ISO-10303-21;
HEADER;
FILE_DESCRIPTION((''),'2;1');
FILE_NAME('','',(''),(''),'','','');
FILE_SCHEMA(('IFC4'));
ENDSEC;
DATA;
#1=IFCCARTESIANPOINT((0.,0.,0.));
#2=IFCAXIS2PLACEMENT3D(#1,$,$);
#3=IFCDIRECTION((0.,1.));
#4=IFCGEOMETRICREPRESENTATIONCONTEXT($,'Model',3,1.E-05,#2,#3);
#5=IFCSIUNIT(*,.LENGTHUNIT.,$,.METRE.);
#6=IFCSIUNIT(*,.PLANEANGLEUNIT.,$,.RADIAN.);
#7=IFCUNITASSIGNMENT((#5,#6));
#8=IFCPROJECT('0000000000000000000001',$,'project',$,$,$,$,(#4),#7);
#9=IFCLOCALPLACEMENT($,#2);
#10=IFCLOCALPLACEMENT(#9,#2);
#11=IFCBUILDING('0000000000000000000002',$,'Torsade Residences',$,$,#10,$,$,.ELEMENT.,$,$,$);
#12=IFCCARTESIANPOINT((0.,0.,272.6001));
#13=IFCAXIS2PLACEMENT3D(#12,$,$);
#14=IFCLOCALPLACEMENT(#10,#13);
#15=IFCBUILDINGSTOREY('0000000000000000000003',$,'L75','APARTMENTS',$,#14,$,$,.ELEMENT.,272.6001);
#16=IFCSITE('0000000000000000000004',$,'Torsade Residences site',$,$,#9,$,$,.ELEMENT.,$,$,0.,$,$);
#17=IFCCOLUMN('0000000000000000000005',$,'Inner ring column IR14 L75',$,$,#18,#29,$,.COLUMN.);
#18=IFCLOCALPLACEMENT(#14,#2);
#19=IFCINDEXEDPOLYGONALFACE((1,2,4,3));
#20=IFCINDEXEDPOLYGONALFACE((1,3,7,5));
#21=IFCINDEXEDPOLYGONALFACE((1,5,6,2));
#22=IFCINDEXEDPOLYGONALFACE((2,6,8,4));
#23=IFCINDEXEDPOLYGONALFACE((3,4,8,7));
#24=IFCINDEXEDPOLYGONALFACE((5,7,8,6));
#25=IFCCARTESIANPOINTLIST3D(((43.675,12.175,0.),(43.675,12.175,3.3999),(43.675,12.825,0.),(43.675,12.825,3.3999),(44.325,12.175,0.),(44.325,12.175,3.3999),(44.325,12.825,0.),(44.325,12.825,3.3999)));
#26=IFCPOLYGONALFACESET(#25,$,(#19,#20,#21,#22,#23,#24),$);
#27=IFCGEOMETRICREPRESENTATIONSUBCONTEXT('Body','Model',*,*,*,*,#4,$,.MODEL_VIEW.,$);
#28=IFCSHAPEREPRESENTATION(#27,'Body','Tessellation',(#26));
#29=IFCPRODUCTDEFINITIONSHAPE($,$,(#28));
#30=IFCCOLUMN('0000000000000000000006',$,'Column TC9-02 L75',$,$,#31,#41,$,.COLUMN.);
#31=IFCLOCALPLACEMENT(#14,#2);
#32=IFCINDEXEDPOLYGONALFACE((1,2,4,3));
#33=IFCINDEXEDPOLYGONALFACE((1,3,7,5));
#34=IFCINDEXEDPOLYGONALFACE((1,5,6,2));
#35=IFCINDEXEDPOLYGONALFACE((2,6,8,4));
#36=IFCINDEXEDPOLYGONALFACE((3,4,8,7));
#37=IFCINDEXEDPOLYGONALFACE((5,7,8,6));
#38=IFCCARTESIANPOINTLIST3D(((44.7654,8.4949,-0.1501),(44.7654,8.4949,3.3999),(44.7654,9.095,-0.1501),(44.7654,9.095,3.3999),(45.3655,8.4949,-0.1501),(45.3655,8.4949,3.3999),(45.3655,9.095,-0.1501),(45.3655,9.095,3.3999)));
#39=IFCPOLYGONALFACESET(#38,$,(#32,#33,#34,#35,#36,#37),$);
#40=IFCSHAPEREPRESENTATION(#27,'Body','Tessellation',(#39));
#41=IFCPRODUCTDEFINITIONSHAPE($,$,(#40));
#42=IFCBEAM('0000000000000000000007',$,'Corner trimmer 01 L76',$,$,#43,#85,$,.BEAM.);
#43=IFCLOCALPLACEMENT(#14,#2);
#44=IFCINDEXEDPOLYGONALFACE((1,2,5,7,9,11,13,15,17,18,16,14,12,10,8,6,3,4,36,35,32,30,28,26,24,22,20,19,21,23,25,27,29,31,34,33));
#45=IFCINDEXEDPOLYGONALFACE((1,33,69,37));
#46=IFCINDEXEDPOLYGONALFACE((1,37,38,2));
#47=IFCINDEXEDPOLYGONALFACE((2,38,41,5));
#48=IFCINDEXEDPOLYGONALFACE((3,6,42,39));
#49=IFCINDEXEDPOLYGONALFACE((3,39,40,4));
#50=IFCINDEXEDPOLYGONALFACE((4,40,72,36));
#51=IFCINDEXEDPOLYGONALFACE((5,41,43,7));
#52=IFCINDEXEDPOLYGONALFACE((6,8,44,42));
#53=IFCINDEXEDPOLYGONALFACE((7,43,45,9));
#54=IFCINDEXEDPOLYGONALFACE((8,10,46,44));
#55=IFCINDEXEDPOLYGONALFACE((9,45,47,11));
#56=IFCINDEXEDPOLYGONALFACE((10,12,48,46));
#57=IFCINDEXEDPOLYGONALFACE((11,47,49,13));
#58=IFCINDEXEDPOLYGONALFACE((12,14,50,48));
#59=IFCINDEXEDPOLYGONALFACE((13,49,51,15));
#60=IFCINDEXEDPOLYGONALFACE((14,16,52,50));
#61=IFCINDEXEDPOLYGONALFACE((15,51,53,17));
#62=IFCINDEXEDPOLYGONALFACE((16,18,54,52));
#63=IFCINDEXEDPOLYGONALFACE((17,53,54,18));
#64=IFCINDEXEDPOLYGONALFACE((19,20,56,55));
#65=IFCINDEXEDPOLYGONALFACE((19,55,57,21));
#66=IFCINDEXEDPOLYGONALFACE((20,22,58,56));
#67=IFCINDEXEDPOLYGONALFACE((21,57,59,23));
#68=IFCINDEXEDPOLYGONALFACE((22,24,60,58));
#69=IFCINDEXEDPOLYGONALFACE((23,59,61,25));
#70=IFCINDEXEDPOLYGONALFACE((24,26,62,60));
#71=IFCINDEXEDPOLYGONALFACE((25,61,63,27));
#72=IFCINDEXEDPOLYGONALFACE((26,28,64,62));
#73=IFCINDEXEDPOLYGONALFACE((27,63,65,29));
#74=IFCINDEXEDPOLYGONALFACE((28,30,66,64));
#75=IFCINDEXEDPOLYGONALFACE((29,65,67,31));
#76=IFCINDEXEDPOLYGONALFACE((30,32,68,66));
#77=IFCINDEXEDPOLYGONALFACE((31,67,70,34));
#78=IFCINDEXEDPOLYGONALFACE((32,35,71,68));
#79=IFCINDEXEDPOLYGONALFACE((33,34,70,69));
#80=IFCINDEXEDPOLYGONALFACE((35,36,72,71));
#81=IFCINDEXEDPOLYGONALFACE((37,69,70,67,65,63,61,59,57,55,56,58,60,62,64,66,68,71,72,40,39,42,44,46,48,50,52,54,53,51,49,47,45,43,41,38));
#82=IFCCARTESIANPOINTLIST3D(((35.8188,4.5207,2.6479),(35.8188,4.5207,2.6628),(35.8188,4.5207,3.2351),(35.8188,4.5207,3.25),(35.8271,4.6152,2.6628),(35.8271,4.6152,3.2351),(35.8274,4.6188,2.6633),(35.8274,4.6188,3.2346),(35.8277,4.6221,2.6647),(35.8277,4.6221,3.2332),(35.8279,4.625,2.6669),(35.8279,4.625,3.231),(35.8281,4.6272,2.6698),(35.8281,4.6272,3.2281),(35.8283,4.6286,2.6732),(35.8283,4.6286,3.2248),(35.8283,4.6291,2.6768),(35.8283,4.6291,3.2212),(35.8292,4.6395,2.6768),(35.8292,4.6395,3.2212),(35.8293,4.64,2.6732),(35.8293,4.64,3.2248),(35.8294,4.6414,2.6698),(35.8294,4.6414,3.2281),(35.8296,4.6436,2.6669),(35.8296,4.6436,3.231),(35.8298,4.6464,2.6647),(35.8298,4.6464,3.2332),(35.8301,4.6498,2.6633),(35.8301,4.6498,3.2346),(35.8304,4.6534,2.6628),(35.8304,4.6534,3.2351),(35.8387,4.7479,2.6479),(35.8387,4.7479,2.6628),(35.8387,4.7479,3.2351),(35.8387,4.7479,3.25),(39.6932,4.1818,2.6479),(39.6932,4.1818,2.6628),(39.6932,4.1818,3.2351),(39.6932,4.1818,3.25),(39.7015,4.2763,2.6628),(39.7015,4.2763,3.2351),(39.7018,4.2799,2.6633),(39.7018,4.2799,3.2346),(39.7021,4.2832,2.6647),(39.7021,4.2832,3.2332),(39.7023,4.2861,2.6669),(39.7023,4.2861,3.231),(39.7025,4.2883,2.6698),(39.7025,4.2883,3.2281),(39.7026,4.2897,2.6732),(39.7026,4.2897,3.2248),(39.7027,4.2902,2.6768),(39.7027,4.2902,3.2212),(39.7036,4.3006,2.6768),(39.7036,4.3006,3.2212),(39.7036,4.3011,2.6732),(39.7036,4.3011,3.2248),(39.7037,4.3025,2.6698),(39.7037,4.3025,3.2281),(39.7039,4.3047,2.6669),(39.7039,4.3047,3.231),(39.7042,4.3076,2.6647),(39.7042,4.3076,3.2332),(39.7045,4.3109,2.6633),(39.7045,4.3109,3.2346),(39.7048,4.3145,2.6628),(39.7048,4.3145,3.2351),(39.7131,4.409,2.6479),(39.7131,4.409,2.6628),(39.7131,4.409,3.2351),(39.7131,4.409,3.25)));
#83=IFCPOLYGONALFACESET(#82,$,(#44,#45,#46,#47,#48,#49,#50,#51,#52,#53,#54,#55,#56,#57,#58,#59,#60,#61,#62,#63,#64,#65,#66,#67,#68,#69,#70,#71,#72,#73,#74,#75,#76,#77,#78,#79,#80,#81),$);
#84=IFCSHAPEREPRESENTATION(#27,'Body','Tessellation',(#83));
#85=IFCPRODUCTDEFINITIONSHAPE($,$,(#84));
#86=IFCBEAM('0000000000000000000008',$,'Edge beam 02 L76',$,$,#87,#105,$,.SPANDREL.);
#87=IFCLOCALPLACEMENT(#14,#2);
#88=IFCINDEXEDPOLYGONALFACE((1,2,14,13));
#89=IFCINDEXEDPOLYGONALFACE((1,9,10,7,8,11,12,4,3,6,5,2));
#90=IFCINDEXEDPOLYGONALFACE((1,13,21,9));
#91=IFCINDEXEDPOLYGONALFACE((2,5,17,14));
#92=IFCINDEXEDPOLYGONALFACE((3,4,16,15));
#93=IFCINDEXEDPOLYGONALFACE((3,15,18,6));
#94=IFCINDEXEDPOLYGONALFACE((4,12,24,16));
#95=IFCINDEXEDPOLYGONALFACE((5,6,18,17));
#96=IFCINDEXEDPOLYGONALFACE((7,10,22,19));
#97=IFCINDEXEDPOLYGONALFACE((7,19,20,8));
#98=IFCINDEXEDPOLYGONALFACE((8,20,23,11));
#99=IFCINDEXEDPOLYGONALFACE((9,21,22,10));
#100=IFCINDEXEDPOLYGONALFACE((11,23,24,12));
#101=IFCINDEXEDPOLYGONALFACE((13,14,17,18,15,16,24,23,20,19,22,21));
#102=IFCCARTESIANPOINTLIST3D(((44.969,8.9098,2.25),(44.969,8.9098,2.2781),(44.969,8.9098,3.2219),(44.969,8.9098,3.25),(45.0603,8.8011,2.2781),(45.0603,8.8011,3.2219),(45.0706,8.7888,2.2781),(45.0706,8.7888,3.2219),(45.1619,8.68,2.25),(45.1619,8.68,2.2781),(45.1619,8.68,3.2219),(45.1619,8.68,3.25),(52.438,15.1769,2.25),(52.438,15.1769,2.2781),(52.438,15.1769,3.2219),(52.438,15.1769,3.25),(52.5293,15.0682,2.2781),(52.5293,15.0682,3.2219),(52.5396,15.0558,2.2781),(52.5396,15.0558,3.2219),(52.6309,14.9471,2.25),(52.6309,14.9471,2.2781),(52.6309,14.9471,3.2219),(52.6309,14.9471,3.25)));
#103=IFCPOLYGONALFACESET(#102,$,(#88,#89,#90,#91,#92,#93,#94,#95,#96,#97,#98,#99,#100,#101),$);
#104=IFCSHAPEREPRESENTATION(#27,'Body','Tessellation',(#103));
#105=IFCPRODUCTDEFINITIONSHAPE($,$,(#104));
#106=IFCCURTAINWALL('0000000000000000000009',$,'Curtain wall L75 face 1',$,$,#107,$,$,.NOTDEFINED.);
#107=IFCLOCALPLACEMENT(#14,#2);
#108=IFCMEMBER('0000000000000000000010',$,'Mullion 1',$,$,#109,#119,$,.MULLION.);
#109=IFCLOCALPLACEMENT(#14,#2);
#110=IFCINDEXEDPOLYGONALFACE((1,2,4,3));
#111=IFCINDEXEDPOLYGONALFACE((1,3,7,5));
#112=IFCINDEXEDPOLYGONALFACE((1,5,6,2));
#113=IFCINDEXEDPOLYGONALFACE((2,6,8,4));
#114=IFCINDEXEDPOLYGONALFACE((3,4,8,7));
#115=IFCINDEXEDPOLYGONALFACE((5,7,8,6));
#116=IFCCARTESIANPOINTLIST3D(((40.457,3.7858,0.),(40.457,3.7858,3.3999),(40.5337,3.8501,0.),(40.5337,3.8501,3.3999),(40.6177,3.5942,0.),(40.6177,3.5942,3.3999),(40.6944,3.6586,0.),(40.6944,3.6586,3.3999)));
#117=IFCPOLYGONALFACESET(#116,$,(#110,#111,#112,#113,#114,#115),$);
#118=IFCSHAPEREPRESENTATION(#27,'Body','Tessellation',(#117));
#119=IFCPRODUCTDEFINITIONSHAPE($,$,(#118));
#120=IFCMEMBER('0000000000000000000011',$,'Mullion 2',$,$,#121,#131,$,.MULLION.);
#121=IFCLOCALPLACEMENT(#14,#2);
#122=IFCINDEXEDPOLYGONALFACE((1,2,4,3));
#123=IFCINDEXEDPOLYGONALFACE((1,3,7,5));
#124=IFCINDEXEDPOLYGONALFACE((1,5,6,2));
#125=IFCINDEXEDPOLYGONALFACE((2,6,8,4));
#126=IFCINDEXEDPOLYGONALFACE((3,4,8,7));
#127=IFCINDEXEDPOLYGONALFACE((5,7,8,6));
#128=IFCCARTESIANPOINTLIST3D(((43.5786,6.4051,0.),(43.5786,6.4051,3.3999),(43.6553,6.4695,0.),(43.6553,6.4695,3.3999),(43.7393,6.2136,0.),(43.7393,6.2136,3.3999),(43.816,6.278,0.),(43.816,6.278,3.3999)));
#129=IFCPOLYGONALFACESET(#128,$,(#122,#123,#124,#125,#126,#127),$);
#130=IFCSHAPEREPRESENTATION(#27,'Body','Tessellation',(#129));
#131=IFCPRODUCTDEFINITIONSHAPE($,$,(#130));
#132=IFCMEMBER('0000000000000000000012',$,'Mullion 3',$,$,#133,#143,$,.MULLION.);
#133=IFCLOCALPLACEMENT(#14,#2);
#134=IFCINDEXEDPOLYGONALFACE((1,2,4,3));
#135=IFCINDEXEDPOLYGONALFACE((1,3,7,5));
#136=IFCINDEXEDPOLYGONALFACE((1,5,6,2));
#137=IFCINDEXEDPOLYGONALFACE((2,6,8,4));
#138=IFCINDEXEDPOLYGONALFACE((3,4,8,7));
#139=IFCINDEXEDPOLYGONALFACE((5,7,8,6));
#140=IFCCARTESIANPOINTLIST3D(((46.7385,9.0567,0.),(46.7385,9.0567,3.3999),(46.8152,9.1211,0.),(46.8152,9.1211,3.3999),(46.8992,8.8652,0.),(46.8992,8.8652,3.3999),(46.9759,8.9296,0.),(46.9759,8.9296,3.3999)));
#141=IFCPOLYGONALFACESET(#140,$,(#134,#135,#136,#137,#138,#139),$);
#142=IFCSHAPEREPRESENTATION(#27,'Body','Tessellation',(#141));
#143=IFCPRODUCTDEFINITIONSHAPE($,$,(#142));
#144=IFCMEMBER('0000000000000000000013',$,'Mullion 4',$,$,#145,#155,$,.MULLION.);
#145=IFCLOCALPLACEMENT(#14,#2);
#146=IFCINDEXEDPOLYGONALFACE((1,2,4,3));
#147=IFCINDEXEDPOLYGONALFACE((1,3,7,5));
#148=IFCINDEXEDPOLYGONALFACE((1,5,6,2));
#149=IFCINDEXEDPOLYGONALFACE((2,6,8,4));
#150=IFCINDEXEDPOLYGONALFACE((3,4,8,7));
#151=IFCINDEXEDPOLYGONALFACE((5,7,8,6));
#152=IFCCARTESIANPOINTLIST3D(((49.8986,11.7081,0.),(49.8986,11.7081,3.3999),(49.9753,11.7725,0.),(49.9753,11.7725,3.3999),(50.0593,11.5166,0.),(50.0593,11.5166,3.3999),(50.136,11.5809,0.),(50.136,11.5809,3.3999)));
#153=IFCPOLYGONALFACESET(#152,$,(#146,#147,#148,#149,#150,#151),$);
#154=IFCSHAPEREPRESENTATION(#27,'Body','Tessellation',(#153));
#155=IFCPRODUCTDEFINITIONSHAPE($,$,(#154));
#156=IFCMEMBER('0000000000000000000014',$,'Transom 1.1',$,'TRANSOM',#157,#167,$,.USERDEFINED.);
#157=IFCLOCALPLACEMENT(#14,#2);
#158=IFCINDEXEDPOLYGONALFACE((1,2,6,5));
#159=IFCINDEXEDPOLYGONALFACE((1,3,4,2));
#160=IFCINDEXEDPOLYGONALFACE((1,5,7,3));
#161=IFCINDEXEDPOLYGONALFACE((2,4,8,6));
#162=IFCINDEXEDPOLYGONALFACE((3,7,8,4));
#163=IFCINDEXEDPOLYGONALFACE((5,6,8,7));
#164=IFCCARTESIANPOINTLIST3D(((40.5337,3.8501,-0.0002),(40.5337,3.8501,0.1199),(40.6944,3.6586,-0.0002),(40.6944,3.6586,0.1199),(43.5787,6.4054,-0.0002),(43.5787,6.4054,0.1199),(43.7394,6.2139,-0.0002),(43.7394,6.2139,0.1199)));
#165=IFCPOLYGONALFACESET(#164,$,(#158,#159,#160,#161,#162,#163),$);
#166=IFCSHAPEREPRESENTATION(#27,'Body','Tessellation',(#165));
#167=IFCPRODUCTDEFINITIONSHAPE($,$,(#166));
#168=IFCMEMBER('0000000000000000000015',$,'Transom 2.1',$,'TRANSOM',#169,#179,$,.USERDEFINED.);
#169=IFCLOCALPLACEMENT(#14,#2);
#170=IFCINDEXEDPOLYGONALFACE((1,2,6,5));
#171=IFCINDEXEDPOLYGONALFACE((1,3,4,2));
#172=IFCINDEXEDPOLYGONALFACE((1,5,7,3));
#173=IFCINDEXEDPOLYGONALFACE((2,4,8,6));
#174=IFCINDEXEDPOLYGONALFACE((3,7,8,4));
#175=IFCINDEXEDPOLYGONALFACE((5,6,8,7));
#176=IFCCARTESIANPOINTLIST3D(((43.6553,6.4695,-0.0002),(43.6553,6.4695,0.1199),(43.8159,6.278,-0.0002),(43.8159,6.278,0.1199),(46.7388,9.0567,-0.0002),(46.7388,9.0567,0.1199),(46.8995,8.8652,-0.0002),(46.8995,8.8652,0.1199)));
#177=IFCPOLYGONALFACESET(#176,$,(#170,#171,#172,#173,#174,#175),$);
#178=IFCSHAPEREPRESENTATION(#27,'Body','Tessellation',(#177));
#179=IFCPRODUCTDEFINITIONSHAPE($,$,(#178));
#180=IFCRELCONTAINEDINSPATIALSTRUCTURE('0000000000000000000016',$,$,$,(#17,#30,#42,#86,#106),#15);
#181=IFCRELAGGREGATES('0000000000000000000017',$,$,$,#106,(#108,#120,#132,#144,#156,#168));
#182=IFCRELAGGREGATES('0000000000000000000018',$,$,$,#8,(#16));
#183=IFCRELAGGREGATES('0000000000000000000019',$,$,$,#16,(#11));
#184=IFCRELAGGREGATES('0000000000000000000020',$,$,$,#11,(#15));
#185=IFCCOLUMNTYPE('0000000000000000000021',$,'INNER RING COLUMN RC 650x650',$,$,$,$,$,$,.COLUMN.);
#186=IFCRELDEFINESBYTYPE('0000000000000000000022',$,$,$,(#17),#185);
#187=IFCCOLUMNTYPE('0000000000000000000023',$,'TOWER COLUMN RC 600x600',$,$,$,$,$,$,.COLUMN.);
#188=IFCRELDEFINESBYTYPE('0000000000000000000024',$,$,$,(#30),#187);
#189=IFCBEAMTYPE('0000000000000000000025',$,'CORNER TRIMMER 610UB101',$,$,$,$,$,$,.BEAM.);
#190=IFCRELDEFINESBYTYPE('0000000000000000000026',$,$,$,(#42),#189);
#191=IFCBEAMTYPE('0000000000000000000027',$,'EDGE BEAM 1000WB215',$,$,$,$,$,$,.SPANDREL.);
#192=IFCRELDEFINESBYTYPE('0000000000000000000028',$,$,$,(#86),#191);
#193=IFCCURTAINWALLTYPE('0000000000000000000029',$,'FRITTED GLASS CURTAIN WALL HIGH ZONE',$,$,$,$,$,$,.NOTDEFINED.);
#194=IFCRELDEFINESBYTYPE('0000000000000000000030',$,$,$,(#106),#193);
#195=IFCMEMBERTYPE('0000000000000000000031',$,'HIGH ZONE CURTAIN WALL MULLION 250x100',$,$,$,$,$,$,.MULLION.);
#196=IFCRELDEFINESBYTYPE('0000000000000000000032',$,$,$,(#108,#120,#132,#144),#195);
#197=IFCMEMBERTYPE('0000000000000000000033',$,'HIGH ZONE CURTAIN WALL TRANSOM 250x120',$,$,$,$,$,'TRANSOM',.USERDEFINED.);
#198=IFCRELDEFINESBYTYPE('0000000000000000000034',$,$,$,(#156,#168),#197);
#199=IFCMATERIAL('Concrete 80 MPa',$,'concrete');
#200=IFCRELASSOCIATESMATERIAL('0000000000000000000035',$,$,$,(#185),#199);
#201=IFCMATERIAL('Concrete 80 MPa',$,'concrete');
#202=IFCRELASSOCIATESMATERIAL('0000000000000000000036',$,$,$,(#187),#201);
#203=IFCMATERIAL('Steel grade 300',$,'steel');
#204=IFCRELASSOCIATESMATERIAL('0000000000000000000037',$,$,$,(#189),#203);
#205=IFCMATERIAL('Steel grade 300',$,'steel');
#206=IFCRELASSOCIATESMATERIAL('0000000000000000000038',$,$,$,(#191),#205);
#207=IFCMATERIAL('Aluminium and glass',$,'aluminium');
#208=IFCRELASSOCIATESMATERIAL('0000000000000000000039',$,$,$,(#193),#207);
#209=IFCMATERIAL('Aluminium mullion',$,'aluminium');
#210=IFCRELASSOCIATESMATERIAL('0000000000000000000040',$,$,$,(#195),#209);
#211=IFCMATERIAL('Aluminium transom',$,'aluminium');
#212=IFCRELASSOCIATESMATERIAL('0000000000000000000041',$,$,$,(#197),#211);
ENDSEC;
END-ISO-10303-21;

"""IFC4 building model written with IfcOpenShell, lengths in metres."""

from ifc_helpers import new_model, si_unit, direction, frame, origin, origin_2d, place, context, subcontext, project, spatial, rectangle, i_section, extrude, material, material_profile, profile_set, type_object, element, aggregate, save


model = new_model("IFC4")

# Units and contexts
model_context = context("Model", 3, precision=1e-05, world=origin(), true_north=direction((0.0, 1.0)))
body_context = subcontext(model_context, "Body", "Model", "MODEL_VIEW")
ifc_project = project(units=[si_unit("LENGTHUNIT", "METRE"), si_unit("PLANEANGLEUNIT", "RADIAN")], contexts=[model_context])

# Site, building, storey
site_placement = place(None, origin())
site = spatial("IfcSite", under=ifc_project, at=site_placement, Name="Torsade Residences site", CompositionType="ELEMENT", RefElevation=0.0)
building_placement = place(site_placement, origin())
building = spatial("IfcBuilding", under=site, at=building_placement, Name="Torsade Residences", CompositionType="ELEMENT")
storey_placement = place(building_placement, frame((0.0, 0.0, 272.6001)))
storey = spatial("IfcBuildingStorey", under=building, at=storey_placement, Name="L75", Description="APARTMENTS", CompositionType="ELEMENT", Elevation=272.6001)

# Columns
ifc_material_1 = material(Name="Concrete 80 MPa", Category="concrete")
ifc_material_profile_1 = material_profile(ifc_material_1, rectangle(XDim=0.6499, YDim=0.6499, at=origin_2d()), Name="RC 650x650")
ifc_profile_set_1 = profile_set([ifc_material_profile_1], Name="Concrete 80 MPa")
column_type_1 = type_object("IfcColumnType", Name="INNER RING COLUMN RC 650x650", PredefinedType="COLUMN", material=ifc_profile_set_1)
column_1_placement = place(storey_placement, frame((44.0, 12.5, 0.0), z_axis=(0.0, 0.0, 1.0), x_axis=(1.0, 0.0, 0.0)))
element("IfcColumn", 1, at=column_1_placement, inside=storey, type_object=column_type_1, Name="Inner ring column IR14 L75", PredefinedType="COLUMN", context=body_context, shape_type="SweptSolid", body=[
    extrude(rectangle(XDim=0.6499, YDim=0.6499, at=origin_2d()), origin(), (0.0, 0.0, 1.0), 3.3999),
])
ifc_material_2 = material(Name="Concrete 80 MPa", Category="concrete")
ifc_material_profile_2 = material_profile(ifc_material_2, rectangle(XDim=0.6001, YDim=0.6001, at=origin_2d()), Name="RC 600x600")
ifc_profile_set_2 = profile_set([ifc_material_profile_2], Name="Concrete 80 MPa")
column_type_2 = type_object("IfcColumnType", Name="TOWER COLUMN RC 600x600", PredefinedType="COLUMN", material=ifc_profile_set_2)
column_2_placement = place(storey_placement, frame((45.0654, 8.7949, -0.1501), z_axis=(0.0, 0.0, 1.0), x_axis=(1.0, 0.0, 0.0)))
element("IfcColumn", 2, at=column_2_placement, inside=storey, type_object=column_type_2, Name="Column TC9-02 L75", PredefinedType="COLUMN", context=body_context, shape_type="SweptSolid", body=[
    extrude(rectangle(XDim=0.6001, YDim=0.6001, at=origin_2d()), origin(), (0.0, 0.0, 1.0), 3.55),
])

# Beams
ifc_material_3 = material(Name="Steel grade 300", Category="steel")
ifc_material_profile_3 = material_profile(ifc_material_3, i_section(OverallWidth=0.228, OverallDepth=0.6021, WebThickness=0.0105, FlangeThickness=0.0149, FilletRadius=0.0139, at=origin_2d()), Name="610UB101")
ifc_profile_set_3 = profile_set([ifc_material_profile_3], Name="Steel grade 300")
beam_type_1 = type_object("IfcBeamType", Name="CORNER TRIMMER 610UB101", PredefinedType="BEAM", material=ifc_profile_set_3)
beam_1_placement = place(storey_placement, frame((39.7031, 4.2954, 2.949), z_axis=(-0.996197, 0.087133, 0.0), x_axis=(-0.087133, -0.996197, 0.0)))
element("IfcBeam", 3, at=beam_1_placement, inside=storey, type_object=beam_type_1, Name="Corner trimmer 01 L76", PredefinedType="BEAM", context=body_context, shape_type="SweptSolid", body=[
    extrude(i_section(OverallWidth=0.228, OverallDepth=0.6021, WebThickness=0.0105, FlangeThickness=0.0149, FilletRadius=0.0139, at=origin_2d()), origin(), (0.0, 0.0, 1.0), 3.8892),
])
ifc_material_4 = material(Name="Steel grade 300", Category="steel")
ifc_material_profile_4 = material_profile(ifc_material_4, i_section(OverallWidth=0.3, OverallDepth=1.0, WebThickness=0.0161, FlangeThickness=0.0281, at=origin_2d()), Name="1000WB215")
ifc_profile_set_4 = profile_set([ifc_material_profile_4], Name="Steel grade 300")
beam_type_2 = type_object("IfcBeamType", Name="EDGE BEAM 1000WB215", PredefinedType="SPANDREL", material=ifc_profile_set_4)
beam_2_placement = place(storey_placement, frame((45.0654, 8.7949, 2.75), z_axis=(0.766052, 0.642779, 0.0), x_axis=(-0.642779, 0.766052, 0.0)))
element("IfcBeam", 4, at=beam_2_placement, inside=storey, type_object=beam_type_2, Name="Edge beam 02 L76", PredefinedType="SPANDREL", context=body_context, shape_type="SweptSolid", body=[
    extrude(i_section(OverallWidth=0.3, OverallDepth=1.0, WebThickness=0.0161, FlangeThickness=0.0281, at=origin_2d()), origin(), (0.0, 0.0, 1.0), 9.75),
])

# Curtain wall, members
ifc_material_5 = material(Name="Aluminium and glass", Category="aluminium")
curtain_wall_type = type_object("IfcCurtainWallType", Name="FRITTED GLASS CURTAIN WALL HIGH ZONE", PredefinedType="NOTDEFINED", material=ifc_material_5)
curtain_wall_placement = place(storey_placement, origin())
curtain_wall = element("IfcCurtainWall", 5, at=curtain_wall_placement, inside=storey, type_object=curtain_wall_type, Name="Curtain wall L75 face 1", PredefinedType="NOTDEFINED")
ifc_material_6 = material(Name="Aluminium mullion", Category="aluminium")
ifc_material_profile_5 = material_profile(ifc_material_6, rectangle(XDim=0.25, YDim=0.1001, at=origin_2d()), Name="HIGH ZONE CURTAIN WALL MULLION 250x100")
ifc_profile_set_5 = profile_set([ifc_material_profile_5], Name="Aluminium mullion")
member_type_1 = type_object("IfcMemberType", Name="HIGH ZONE CURTAIN WALL MULLION 250x100", PredefinedType="MULLION", material=ifc_profile_set_5)
member_1_placement = place(storey_placement, frame((40.5757, 3.7222, 0.0), z_axis=(0.0, 0.0, 1.0), x_axis=(-0.642788, 0.766044, 0.0)))
member_1 = element("IfcMember", 6, at=member_1_placement, type_object=member_type_1, Name="Mullion 1", PredefinedType="MULLION", context=body_context, shape_type="SweptSolid", body=[
    extrude(rectangle(XDim=0.25, YDim=0.1001, at=origin_2d()), origin(), (0.0, 0.0, 1.0), 3.3999),
])
member_2_placement = place(storey_placement, frame((43.6973, 6.3416, 0.0), z_axis=(0.0, 0.0, 1.0), x_axis=(-0.642788, 0.766044, 0.0)))
member_2 = element("IfcMember", 7, at=member_2_placement, type_object=member_type_1, Name="Mullion 2", PredefinedType="MULLION", context=body_context, shape_type="SweptSolid", body=[
    extrude(rectangle(XDim=0.25, YDim=0.1001, at=origin_2d()), origin(), (0.0, 0.0, 1.0), 3.3999),
])
member_3_placement = place(storey_placement, frame((46.8572, 8.9932, 0.0), z_axis=(0.0, 0.0, 1.0), x_axis=(-0.642788, 0.766044, 0.0)))
member_3 = element("IfcMember", 8, at=member_3_placement, type_object=member_type_1, Name="Mullion 3", PredefinedType="MULLION", context=body_context, shape_type="SweptSolid", body=[
    extrude(rectangle(XDim=0.25, YDim=0.1001, at=origin_2d()), origin(), (0.0, 0.0, 1.0), 3.3999),
])
member_4_placement = place(storey_placement, frame((50.0173, 11.6445, 0.0), z_axis=(0.0, 0.0, 1.0), x_axis=(-0.642788, 0.766044, 0.0)))
member_4 = element("IfcMember", 9, at=member_4_placement, type_object=member_type_1, Name="Mullion 4", PredefinedType="MULLION", context=body_context, shape_type="SweptSolid", body=[
    extrude(rectangle(XDim=0.25, YDim=0.1001, at=origin_2d()), origin(), (0.0, 0.0, 1.0), 3.3999),
])
ifc_material_7 = material(Name="Aluminium transom", Category="aluminium")
ifc_material_profile_6 = material_profile(ifc_material_7, rectangle(XDim=0.25, YDim=0.1201, at=origin_2d()), Name="HIGH ZONE CURTAIN WALL TRANSOM 250x120")
ifc_profile_set_6 = profile_set([ifc_material_profile_6], Name="Aluminium transom")
member_type_2 = type_object("IfcMemberType", Name="HIGH ZONE CURTAIN WALL TRANSOM 250x120", ElementType="TRANSOM", PredefinedType="USERDEFINED", material=ifc_profile_set_6)
member_5_placement = place(storey_placement, frame((40.614, 3.7544, 0.0598), z_axis=(0.766022, 0.642815, 0.0), x_axis=(-0.642815, 0.766022, 0.0)))
member_5 = element("IfcMember", 10, at=member_5_placement, type_object=member_type_2, Name="Transom 1.1", ObjectType="TRANSOM", PredefinedType="USERDEFINED", context=body_context, shape_type="SweptSolid", body=[
    extrude(rectangle(XDim=0.25, YDim=0.1201, at=origin_2d()), origin(), (0.0, 0.0, 1.0), 3.9751),
])
member_6_placement = place(storey_placement, frame((43.7356, 6.3738, 0.0598), z_axis=(0.766069, 0.642758, 0.0), x_axis=(-0.642758, 0.766069, 0.0)))
member_6 = element("IfcMember", 11, at=member_6_placement, type_object=member_type_2, Name="Transom 2.1", ObjectType="TRANSOM", PredefinedType="USERDEFINED", context=body_context, shape_type="SweptSolid", body=[
    extrude(rectangle(XDim=0.25, YDim=0.1201, at=origin_2d()), origin(), (0.0, 0.0, 1.0), 4.0251),
])

aggregate(curtain_wall, [member_1, member_2, member_3, member_4, member_5, member_6])

save(model, "model.ifc")
